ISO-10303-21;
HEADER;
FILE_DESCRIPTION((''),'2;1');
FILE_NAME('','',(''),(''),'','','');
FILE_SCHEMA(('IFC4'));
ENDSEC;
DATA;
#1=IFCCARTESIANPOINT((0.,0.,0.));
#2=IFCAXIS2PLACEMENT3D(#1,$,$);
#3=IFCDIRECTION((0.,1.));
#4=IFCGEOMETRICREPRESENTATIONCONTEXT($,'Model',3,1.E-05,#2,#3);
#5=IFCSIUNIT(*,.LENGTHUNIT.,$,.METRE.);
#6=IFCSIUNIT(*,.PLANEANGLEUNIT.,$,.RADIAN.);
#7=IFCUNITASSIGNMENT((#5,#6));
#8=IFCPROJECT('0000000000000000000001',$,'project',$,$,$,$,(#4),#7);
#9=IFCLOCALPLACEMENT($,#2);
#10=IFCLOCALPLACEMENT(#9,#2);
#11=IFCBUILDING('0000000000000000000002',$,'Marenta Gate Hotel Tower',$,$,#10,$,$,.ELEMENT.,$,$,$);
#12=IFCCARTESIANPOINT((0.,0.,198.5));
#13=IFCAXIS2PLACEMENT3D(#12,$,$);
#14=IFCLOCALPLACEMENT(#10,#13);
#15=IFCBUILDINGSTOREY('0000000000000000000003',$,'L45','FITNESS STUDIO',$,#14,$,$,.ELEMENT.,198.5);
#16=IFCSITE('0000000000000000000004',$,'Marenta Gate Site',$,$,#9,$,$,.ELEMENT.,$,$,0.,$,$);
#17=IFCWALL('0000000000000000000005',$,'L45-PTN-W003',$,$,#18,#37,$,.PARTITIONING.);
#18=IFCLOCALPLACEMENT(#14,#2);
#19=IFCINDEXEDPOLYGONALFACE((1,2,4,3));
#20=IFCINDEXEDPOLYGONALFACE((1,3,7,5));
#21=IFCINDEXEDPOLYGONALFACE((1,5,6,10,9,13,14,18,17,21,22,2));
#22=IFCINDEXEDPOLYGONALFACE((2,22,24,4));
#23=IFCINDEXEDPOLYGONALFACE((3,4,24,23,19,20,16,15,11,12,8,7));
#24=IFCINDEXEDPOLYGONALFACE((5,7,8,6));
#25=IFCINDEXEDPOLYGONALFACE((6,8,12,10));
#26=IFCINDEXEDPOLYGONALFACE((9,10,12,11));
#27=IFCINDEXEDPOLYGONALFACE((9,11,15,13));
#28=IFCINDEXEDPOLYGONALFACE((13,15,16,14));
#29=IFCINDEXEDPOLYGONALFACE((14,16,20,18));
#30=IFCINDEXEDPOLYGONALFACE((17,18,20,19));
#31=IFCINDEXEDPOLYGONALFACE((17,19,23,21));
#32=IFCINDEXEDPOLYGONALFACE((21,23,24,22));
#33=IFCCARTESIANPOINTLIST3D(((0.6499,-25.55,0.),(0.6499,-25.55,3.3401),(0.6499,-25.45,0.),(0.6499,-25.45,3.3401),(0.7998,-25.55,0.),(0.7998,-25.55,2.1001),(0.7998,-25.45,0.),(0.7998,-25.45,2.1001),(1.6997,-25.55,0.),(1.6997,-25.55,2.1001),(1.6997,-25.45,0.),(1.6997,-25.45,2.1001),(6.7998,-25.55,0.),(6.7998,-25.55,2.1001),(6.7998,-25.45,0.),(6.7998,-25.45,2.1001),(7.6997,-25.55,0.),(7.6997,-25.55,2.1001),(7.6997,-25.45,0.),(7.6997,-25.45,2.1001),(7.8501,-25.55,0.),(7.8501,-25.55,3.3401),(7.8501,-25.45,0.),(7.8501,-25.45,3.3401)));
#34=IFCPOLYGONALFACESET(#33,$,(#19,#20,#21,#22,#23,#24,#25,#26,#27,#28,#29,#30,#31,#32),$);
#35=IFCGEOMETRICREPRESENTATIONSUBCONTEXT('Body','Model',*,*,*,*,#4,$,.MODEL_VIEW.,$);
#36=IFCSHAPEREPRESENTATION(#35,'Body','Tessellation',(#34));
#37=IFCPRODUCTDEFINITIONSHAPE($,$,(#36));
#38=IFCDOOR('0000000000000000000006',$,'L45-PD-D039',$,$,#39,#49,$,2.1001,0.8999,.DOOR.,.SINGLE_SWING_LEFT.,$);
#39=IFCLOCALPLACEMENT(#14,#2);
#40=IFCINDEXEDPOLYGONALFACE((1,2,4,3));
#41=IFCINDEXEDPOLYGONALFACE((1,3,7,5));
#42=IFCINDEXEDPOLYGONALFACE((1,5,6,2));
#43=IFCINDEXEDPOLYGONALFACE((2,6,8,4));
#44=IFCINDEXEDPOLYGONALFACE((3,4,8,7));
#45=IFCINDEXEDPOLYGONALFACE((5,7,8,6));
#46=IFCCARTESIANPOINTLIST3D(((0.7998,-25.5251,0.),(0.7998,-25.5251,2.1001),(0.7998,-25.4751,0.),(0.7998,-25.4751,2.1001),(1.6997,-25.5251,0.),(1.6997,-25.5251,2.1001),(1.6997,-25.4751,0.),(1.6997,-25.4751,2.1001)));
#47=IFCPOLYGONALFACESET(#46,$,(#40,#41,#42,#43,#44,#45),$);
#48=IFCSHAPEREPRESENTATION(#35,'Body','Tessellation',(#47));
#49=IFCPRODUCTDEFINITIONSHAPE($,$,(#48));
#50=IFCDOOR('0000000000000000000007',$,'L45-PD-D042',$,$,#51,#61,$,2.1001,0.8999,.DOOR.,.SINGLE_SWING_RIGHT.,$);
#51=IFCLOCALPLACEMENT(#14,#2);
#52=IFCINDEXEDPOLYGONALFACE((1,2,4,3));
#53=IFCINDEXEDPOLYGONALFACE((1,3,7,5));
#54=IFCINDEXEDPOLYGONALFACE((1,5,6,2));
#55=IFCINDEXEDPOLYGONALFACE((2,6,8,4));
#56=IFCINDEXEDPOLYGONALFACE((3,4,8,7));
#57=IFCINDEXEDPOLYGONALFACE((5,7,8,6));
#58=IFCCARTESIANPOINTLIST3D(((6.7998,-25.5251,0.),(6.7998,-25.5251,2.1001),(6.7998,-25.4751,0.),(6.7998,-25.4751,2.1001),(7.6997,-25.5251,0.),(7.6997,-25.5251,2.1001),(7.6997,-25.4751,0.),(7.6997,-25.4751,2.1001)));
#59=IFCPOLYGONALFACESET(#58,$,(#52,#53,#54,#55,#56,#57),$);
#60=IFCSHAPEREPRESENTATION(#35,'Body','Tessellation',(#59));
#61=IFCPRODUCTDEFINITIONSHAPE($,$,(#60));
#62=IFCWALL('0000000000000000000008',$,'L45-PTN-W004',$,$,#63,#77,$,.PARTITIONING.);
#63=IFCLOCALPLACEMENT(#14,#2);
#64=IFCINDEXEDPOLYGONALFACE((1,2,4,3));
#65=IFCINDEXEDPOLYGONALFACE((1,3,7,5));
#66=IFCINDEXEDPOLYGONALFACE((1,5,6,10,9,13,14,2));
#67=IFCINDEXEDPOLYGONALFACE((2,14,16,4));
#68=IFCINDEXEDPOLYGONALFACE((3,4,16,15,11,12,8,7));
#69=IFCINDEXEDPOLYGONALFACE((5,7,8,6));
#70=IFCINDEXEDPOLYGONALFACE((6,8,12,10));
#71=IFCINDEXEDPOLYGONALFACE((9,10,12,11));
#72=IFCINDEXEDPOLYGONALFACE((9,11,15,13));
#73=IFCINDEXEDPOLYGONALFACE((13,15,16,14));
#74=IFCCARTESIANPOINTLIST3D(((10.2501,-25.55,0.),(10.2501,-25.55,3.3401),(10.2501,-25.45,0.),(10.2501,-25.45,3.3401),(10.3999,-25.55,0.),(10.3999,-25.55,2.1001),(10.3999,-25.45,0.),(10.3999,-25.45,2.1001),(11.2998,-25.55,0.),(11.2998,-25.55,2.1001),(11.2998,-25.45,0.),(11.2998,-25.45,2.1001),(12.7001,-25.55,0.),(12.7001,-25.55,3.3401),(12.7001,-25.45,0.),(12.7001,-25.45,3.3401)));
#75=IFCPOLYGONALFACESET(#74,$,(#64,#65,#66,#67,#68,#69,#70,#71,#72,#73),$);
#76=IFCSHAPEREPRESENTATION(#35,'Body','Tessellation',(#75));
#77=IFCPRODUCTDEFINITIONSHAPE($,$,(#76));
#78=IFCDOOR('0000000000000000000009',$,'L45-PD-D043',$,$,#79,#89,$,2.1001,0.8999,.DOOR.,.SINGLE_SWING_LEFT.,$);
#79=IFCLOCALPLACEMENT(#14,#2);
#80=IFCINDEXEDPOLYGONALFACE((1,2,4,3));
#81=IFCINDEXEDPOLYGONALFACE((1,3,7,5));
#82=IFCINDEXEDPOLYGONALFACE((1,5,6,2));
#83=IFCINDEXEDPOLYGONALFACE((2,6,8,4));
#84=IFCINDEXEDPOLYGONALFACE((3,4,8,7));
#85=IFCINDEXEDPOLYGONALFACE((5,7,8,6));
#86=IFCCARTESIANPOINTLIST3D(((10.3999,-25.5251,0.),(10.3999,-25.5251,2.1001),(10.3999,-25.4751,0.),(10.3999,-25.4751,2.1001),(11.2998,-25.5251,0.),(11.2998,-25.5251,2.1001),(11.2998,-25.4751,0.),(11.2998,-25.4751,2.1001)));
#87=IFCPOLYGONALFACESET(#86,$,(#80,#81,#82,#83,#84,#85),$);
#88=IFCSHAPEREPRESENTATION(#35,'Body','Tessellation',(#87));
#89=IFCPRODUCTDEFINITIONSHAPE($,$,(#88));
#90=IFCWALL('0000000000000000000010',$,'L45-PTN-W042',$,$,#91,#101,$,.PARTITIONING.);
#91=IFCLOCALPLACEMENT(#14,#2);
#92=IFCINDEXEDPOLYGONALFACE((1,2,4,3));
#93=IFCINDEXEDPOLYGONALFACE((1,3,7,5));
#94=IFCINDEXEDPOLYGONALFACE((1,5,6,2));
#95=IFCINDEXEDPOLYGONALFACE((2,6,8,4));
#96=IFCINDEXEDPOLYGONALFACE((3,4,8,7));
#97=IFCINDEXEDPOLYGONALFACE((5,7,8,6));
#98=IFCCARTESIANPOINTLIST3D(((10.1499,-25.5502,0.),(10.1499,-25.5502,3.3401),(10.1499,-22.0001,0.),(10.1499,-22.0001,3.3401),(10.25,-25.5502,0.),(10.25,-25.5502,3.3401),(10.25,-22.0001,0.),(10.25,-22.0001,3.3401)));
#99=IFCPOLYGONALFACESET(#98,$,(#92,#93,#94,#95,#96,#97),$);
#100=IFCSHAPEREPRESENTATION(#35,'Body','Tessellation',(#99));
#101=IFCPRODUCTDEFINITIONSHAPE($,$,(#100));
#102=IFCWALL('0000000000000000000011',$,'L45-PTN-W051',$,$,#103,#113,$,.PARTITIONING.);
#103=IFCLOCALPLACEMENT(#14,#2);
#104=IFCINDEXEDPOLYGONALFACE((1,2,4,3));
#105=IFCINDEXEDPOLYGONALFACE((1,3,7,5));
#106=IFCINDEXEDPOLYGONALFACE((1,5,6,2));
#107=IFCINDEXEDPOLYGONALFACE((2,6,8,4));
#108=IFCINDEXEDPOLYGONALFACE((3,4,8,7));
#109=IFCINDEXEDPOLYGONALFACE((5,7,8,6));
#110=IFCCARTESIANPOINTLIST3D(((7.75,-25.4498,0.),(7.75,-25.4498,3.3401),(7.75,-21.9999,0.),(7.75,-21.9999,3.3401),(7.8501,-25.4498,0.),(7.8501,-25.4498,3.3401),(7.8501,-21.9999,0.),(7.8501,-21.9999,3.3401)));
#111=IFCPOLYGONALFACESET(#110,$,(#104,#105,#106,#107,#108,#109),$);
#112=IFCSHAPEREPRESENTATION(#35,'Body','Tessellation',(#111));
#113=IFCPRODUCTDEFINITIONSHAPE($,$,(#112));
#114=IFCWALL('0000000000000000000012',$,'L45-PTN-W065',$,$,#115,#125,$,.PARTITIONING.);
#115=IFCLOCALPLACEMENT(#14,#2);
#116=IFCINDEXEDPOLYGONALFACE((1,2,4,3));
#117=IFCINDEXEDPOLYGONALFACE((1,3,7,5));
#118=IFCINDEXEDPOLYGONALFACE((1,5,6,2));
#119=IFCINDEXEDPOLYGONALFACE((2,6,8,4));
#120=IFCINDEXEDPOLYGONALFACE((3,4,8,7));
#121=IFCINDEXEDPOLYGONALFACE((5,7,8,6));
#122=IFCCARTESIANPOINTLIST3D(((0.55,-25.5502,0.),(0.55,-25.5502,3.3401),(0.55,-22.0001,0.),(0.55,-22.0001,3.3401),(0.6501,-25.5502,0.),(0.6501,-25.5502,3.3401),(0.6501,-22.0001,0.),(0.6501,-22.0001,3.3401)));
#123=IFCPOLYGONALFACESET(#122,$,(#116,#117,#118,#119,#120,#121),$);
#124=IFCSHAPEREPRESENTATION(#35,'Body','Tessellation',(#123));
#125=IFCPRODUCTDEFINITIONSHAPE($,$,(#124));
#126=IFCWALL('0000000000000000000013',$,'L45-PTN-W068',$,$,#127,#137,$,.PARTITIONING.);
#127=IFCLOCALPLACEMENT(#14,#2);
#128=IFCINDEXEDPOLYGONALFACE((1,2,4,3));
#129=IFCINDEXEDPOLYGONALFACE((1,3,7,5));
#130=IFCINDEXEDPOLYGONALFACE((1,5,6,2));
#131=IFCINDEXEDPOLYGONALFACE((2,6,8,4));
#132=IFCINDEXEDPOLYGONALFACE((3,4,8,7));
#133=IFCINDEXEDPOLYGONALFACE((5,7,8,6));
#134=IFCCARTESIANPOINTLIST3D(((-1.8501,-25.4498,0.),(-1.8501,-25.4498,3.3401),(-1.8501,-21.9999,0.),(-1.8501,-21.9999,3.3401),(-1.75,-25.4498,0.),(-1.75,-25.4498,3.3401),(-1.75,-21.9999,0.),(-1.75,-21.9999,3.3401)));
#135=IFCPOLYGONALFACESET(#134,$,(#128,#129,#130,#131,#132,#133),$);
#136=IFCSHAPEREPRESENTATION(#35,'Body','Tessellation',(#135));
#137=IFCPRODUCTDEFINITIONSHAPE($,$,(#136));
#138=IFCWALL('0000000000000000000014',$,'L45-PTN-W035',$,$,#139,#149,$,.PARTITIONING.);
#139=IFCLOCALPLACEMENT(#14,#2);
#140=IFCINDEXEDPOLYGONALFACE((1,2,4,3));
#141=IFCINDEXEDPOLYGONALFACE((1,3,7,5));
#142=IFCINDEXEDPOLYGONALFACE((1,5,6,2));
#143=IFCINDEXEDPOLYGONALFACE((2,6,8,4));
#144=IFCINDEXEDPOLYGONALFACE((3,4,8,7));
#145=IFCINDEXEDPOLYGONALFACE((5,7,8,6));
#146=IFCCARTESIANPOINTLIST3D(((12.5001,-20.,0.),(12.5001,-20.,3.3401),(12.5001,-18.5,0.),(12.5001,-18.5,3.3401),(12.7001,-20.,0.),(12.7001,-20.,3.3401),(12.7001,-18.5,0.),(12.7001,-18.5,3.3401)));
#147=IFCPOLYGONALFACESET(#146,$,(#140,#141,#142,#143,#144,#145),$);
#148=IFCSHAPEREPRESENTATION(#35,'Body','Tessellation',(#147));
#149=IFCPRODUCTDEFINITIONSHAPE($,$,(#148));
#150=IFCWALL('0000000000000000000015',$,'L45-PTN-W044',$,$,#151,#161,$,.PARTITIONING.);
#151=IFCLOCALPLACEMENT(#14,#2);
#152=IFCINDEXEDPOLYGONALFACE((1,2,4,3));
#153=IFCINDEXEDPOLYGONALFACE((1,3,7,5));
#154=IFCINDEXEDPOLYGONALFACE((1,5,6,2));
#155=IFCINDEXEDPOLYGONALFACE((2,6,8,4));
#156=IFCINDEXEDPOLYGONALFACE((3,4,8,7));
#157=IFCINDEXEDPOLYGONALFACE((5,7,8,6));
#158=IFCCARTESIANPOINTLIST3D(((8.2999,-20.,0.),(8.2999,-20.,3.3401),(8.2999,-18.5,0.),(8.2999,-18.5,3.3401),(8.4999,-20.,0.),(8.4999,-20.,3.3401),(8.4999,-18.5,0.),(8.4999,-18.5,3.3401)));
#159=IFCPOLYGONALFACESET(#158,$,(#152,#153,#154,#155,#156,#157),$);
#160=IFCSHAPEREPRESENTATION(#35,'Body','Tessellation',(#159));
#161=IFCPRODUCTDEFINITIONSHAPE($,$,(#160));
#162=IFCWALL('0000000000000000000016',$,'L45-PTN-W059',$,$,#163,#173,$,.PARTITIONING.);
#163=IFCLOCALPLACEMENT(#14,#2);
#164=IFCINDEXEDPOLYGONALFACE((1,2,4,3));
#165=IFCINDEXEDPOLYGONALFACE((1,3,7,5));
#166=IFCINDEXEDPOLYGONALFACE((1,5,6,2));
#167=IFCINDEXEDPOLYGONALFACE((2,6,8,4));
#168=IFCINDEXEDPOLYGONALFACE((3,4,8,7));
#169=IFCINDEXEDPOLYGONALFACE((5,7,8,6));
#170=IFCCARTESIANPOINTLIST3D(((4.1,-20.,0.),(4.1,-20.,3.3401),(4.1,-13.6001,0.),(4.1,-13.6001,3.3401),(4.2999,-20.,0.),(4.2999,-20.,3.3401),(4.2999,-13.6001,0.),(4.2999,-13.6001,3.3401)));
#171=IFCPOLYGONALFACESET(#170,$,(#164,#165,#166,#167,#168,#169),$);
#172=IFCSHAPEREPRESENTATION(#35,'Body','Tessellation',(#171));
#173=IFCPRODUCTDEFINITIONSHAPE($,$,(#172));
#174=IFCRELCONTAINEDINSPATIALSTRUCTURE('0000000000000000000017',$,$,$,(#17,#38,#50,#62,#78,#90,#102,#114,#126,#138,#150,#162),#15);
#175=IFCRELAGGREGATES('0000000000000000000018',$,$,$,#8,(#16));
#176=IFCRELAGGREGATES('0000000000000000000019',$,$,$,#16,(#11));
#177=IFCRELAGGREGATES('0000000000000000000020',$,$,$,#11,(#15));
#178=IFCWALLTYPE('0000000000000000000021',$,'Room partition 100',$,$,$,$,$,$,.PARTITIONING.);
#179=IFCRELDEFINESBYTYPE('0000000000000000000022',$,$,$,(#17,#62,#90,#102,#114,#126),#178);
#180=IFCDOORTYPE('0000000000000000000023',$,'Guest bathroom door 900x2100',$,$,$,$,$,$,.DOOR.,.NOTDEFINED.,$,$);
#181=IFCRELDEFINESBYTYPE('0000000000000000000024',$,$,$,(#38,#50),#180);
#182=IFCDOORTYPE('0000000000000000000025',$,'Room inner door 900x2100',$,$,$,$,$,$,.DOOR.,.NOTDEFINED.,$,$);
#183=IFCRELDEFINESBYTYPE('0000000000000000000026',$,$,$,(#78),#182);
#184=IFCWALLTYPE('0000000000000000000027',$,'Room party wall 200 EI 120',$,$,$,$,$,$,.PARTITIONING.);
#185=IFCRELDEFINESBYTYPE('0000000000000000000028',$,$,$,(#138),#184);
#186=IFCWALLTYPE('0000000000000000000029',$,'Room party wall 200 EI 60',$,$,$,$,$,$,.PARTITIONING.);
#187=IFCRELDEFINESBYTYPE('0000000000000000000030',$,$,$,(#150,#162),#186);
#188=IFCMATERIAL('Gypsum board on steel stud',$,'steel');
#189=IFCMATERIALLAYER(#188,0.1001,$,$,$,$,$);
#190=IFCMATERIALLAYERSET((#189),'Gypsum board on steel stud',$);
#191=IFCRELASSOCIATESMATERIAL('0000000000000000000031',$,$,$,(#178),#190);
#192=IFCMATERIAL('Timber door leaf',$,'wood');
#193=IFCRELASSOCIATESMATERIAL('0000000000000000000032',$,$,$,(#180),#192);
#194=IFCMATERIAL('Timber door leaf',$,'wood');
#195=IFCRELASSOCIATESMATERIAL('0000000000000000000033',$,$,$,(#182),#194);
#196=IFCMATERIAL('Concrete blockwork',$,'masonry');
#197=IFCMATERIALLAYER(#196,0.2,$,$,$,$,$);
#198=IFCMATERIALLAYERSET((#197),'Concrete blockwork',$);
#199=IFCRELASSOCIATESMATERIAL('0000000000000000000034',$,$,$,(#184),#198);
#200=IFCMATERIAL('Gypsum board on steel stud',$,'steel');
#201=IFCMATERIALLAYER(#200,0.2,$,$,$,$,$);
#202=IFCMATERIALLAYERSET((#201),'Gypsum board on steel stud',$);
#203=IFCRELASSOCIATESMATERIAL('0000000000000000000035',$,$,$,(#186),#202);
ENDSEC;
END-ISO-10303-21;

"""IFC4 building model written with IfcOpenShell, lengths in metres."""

from ifc_helpers import new_model, si_unit, direction, frame, frame_2d, origin, place, context, subcontext, project, spatial, rectangle, extrude, material, layer, layer_set, type_object, element, fill, save


model = new_model("IFC4")

# Units and contexts
model_context = context("Model", 3, precision=1e-05, world=origin(), true_north=direction((0.0, 1.0)))
body_context = subcontext(model_context, "Body", "Model", "MODEL_VIEW")
ifc_project = project(units=[si_unit("LENGTHUNIT", "METRE"), si_unit("PLANEANGLEUNIT", "RADIAN")], contexts=[model_context])

# Site, building, storey
site_placement = place(None, origin())
site = spatial("IfcSite", under=ifc_project, at=site_placement, Name="Marenta Gate Site", CompositionType="ELEMENT", RefElevation=0.0)
building_placement = place(site_placement, origin())
building = spatial("IfcBuilding", under=site, at=building_placement, Name="Marenta Gate Hotel Tower", CompositionType="ELEMENT")
storey_placement = place(building_placement, frame((0.0, 0.0, 198.5)))
storey = spatial("IfcBuildingStorey", under=building, at=storey_placement, Name="L45", Description="FITNESS STUDIO", CompositionType="ELEMENT", Elevation=198.5)

# Wall, openings, doors
ifc_material_1 = material(Name="Gypsum board on steel stud", Category="steel")
ifc_layer_1 = layer(ifc_material_1, 0.1001)
ifc_layer_set_1 = layer_set([ifc_layer_1], Name="Gypsum board on steel stud")
wall_type_1 = type_object("IfcWallType", Name="Room partition 100", PredefinedType="PARTITIONING", material=ifc_layer_set_1)
wall_1_placement = place(storey_placement, frame((0.6499, -25.5, 0.0), z_axis=(0.0, 0.0, 1.0), x_axis=(1.0, 0.0, 0.0)))
wall_1 = element("IfcWall", 1, at=wall_1_placement, inside=storey, type_object=wall_type_1, Name="L45-PTN-W003", PredefinedType="PARTITIONING", context=body_context, shape_type="SweptSolid", body=[
    extrude(rectangle(XDim=7.2002, YDim=0.1001, at=frame_2d((3.6001, 0.0))), origin(), (0.0, 0.0, 1.0), 3.3401),
])
opening_1_placement = place(wall_1_placement, frame((0.1499, 0.0, 0.0)))
opening_1 = element("IfcOpeningElement", 2, at=opening_1_placement, cuts=wall_1, PredefinedType="OPENING", context=body_context, shape_type="SweptSolid", body=[
    extrude(rectangle(XDim=0.8999, YDim=2.1001, at=frame_2d((0.45, 1.05))), frame((0.0, 0.05, 0.0), z_axis=(0.0, -1.0, 0.0), x_axis=(1.0, 0.0, 0.0)), (0.0, 0.0, 1.0), 0.1001),
])
opening_2_placement = place(wall_1_placement, frame((6.1499, 0.0, 0.0)))
opening_2 = element("IfcOpeningElement", 3, at=opening_2_placement, cuts=wall_1, PredefinedType="OPENING", context=body_context, shape_type="SweptSolid", body=[
    extrude(rectangle(XDim=0.8999, YDim=2.1001, at=frame_2d((0.45, 1.05))), frame((0.0, 0.05, 0.0), z_axis=(0.0, -1.0, 0.0), x_axis=(1.0, 0.0, 0.0)), (0.0, 0.0, 1.0), 0.1001),
])
ifc_material_2 = material(Name="Timber door leaf", Category="wood")
door_type_1 = type_object("IfcDoorType", Name="Guest bathroom door 900x2100", OperationType="NOTDEFINED", PredefinedType="DOOR", material=ifc_material_2)
door_1_placement = place(opening_1_placement, origin())
door_1 = element("IfcDoor", 4, at=door_1_placement, inside=storey, type_object=door_type_1, Name="L45-PD-D039", OperationType="SINGLE_SWING_LEFT", OverallHeight=2.1001, OverallWidth=0.8999, PredefinedType="DOOR", context=body_context, shape_type="SweptSolid", body=[
    extrude(rectangle(XDim=0.8999, YDim=2.1001, at=frame_2d((0.45, 1.05))), frame((0.0, 0.0249, 0.0), z_axis=(0.0, -1.0, 0.0), x_axis=(1.0, 0.0, 0.0)), (0.0, 0.0, 1.0), 0.05),
])
fill(opening_1, door_1)
door_2_placement = place(opening_2_placement, origin())
door_2 = element("IfcDoor", 5, at=door_2_placement, inside=storey, type_object=door_type_1, Name="L45-PD-D042", OperationType="SINGLE_SWING_RIGHT", OverallHeight=2.1001, OverallWidth=0.8999, PredefinedType="DOOR", context=body_context, shape_type="SweptSolid", body=[
    extrude(rectangle(XDim=0.8999, YDim=2.1001, at=frame_2d((0.45, 1.05))), frame((0.0, 0.0249, 0.0), z_axis=(0.0, -1.0, 0.0), x_axis=(1.0, 0.0, 0.0)), (0.0, 0.0, 1.0), 0.05),
])
fill(opening_2, door_2)

# Wall, opening, door
wall_2_placement = place(storey_placement, frame((10.25, -25.5, 0.0), z_axis=(0.0, 0.0, 1.0), x_axis=(1.0, 0.0, 0.0)))
wall_2 = element("IfcWall", 6, at=wall_2_placement, inside=storey, type_object=wall_type_1, Name="L45-PTN-W004", PredefinedType="PARTITIONING", context=body_context, shape_type="SweptSolid", body=[
    extrude(rectangle(XDim=2.45, YDim=0.1001, at=frame_2d((1.2251, 0.0))), origin(), (0.0, 0.0, 1.0), 3.3401),
])
opening_3_placement = place(wall_2_placement, frame((0.1499, 0.0, 0.0)))
opening_3 = element("IfcOpeningElement", 7, at=opening_3_placement, cuts=wall_2, PredefinedType="OPENING", context=body_context, shape_type="SweptSolid", body=[
    extrude(rectangle(XDim=0.8999, YDim=2.1001, at=frame_2d((0.45, 1.05))), frame((0.0, 0.05, 0.0), z_axis=(0.0, -1.0, 0.0), x_axis=(1.0, 0.0, 0.0)), (0.0, 0.0, 1.0), 0.1001),
])
ifc_material_3 = material(Name="Timber door leaf", Category="wood")
door_type_2 = type_object("IfcDoorType", Name="Room inner door 900x2100", OperationType="NOTDEFINED", PredefinedType="DOOR", material=ifc_material_3)
door_3_placement = place(opening_3_placement, origin())
door_3 = element("IfcDoor", 8, at=door_3_placement, inside=storey, type_object=door_type_2, Name="L45-PD-D043", OperationType="SINGLE_SWING_LEFT", OverallHeight=2.1001, OverallWidth=0.8999, PredefinedType="DOOR", context=body_context, shape_type="SweptSolid", body=[
    extrude(rectangle(XDim=0.8999, YDim=2.1001, at=frame_2d((0.45, 1.05))), frame((0.0, 0.0249, 0.0), z_axis=(0.0, -1.0, 0.0), x_axis=(1.0, 0.0, 0.0)), (0.0, 0.0, 1.0), 0.05),
])
fill(opening_3, door_3)

# Walls
wall_3_placement = place(storey_placement, frame((10.2, -25.55, 0.0), z_axis=(0.0, 0.0, 1.0), x_axis=(0.0, 1.0, 0.0)))
element("IfcWall", 9, at=wall_3_placement, inside=storey, type_object=wall_type_1, Name="L45-PTN-W042", PredefinedType="PARTITIONING", context=body_context, shape_type="SweptSolid", body=[
    extrude(rectangle(XDim=3.55, YDim=0.1001, at=frame_2d((1.7749, 0.0))), origin(), (0.0, 0.0, 1.0), 3.3401),
])
wall_4_placement = place(storey_placement, frame((7.8, -25.45, 0.0), z_axis=(0.0, 0.0, 1.0), x_axis=(0.0, 1.0, 0.0)))
element("IfcWall", 10, at=wall_4_placement, inside=storey, type_object=wall_type_1, Name="L45-PTN-W051", PredefinedType="PARTITIONING", context=body_context, shape_type="SweptSolid", body=[
    extrude(rectangle(XDim=3.45, YDim=0.1001, at=frame_2d((1.7251, 0.0))), origin(), (0.0, 0.0, 1.0), 3.3401),
])
wall_5_placement = place(storey_placement, frame((0.6001, -25.55, 0.0), z_axis=(0.0, 0.0, 1.0), x_axis=(0.0, 1.0, 0.0)))
element("IfcWall", 11, at=wall_5_placement, inside=storey, type_object=wall_type_1, Name="L45-PTN-W065", PredefinedType="PARTITIONING", context=body_context, shape_type="SweptSolid", body=[
    extrude(rectangle(XDim=3.55, YDim=0.1001, at=frame_2d((1.7749, 0.0))), origin(), (0.0, 0.0, 1.0), 3.3401),
])
wall_6_placement = place(storey_placement, frame((-1.8, -25.45, 0.0), z_axis=(0.0, 0.0, 1.0), x_axis=(0.0, 1.0, 0.0)))
element("IfcWall", 12, at=wall_6_placement, inside=storey, type_object=wall_type_1, Name="L45-PTN-W068", PredefinedType="PARTITIONING", context=body_context, shape_type="SweptSolid", body=[
    extrude(rectangle(XDim=3.45, YDim=0.1001, at=frame_2d((1.7251, 0.0))), origin(), (0.0, 0.0, 1.0), 3.3401),
])
ifc_material_4 = material(Name="Concrete blockwork", Category="masonry")
ifc_layer_2 = layer(ifc_material_4, 0.2)
ifc_layer_set_2 = layer_set([ifc_layer_2], Name="Concrete blockwork")
wall_type_2 = type_object("IfcWallType", Name="Room party wall 200 EI 120", PredefinedType="PARTITIONING", material=ifc_layer_set_2)
wall_7_placement = place(storey_placement, frame((12.6001, -20.0, 0.0), z_axis=(0.0, 0.0, 1.0), x_axis=(0.0, 1.0, 0.0)))
element("IfcWall", 13, at=wall_7_placement, inside=storey, type_object=wall_type_2, Name="L45-PTN-W035", PredefinedType="PARTITIONING", context=body_context, shape_type="SweptSolid", body=[
    extrude(rectangle(XDim=1.5, YDim=0.2, at=frame_2d((0.75, 0.0))), origin(), (0.0, 0.0, 1.0), 3.3401),
])
ifc_material_5 = material(Name="Gypsum board on steel stud", Category="steel")
ifc_layer_3 = layer(ifc_material_5, 0.2)
ifc_layer_set_3 = layer_set([ifc_layer_3], Name="Gypsum board on steel stud")
wall_type_3 = type_object("IfcWallType", Name="Room party wall 200 EI 60", PredefinedType="PARTITIONING", material=ifc_layer_set_3)
wall_8_placement = place(storey_placement, frame((8.3999, -20.0, 0.0), z_axis=(0.0, 0.0, 1.0), x_axis=(0.0, 1.0, 0.0)))
element("IfcWall", 14, at=wall_8_placement, inside=storey, type_object=wall_type_3, Name="L45-PTN-W044", PredefinedType="PARTITIONING", context=body_context, shape_type="SweptSolid", body=[
    extrude(rectangle(XDim=1.5, YDim=0.2, at=frame_2d((0.75, 0.0))), origin(), (0.0, 0.0, 1.0), 3.3401),
])
wall_9_placement = place(storey_placement, frame((4.2, -20.0, 0.0), z_axis=(0.0, 0.0, 1.0), x_axis=(0.0, 1.0, 0.0)))
element("IfcWall", 15, at=wall_9_placement, inside=storey, type_object=wall_type_3, Name="L45-PTN-W059", PredefinedType="PARTITIONING", context=body_context, shape_type="SweptSolid", body=[
    extrude(rectangle(XDim=6.3999, YDim=0.2, at=frame_2d((3.2, 0.0))), origin(), (0.0, 0.0, 1.0), 3.3401),
])

save(model, "model.ifc")
